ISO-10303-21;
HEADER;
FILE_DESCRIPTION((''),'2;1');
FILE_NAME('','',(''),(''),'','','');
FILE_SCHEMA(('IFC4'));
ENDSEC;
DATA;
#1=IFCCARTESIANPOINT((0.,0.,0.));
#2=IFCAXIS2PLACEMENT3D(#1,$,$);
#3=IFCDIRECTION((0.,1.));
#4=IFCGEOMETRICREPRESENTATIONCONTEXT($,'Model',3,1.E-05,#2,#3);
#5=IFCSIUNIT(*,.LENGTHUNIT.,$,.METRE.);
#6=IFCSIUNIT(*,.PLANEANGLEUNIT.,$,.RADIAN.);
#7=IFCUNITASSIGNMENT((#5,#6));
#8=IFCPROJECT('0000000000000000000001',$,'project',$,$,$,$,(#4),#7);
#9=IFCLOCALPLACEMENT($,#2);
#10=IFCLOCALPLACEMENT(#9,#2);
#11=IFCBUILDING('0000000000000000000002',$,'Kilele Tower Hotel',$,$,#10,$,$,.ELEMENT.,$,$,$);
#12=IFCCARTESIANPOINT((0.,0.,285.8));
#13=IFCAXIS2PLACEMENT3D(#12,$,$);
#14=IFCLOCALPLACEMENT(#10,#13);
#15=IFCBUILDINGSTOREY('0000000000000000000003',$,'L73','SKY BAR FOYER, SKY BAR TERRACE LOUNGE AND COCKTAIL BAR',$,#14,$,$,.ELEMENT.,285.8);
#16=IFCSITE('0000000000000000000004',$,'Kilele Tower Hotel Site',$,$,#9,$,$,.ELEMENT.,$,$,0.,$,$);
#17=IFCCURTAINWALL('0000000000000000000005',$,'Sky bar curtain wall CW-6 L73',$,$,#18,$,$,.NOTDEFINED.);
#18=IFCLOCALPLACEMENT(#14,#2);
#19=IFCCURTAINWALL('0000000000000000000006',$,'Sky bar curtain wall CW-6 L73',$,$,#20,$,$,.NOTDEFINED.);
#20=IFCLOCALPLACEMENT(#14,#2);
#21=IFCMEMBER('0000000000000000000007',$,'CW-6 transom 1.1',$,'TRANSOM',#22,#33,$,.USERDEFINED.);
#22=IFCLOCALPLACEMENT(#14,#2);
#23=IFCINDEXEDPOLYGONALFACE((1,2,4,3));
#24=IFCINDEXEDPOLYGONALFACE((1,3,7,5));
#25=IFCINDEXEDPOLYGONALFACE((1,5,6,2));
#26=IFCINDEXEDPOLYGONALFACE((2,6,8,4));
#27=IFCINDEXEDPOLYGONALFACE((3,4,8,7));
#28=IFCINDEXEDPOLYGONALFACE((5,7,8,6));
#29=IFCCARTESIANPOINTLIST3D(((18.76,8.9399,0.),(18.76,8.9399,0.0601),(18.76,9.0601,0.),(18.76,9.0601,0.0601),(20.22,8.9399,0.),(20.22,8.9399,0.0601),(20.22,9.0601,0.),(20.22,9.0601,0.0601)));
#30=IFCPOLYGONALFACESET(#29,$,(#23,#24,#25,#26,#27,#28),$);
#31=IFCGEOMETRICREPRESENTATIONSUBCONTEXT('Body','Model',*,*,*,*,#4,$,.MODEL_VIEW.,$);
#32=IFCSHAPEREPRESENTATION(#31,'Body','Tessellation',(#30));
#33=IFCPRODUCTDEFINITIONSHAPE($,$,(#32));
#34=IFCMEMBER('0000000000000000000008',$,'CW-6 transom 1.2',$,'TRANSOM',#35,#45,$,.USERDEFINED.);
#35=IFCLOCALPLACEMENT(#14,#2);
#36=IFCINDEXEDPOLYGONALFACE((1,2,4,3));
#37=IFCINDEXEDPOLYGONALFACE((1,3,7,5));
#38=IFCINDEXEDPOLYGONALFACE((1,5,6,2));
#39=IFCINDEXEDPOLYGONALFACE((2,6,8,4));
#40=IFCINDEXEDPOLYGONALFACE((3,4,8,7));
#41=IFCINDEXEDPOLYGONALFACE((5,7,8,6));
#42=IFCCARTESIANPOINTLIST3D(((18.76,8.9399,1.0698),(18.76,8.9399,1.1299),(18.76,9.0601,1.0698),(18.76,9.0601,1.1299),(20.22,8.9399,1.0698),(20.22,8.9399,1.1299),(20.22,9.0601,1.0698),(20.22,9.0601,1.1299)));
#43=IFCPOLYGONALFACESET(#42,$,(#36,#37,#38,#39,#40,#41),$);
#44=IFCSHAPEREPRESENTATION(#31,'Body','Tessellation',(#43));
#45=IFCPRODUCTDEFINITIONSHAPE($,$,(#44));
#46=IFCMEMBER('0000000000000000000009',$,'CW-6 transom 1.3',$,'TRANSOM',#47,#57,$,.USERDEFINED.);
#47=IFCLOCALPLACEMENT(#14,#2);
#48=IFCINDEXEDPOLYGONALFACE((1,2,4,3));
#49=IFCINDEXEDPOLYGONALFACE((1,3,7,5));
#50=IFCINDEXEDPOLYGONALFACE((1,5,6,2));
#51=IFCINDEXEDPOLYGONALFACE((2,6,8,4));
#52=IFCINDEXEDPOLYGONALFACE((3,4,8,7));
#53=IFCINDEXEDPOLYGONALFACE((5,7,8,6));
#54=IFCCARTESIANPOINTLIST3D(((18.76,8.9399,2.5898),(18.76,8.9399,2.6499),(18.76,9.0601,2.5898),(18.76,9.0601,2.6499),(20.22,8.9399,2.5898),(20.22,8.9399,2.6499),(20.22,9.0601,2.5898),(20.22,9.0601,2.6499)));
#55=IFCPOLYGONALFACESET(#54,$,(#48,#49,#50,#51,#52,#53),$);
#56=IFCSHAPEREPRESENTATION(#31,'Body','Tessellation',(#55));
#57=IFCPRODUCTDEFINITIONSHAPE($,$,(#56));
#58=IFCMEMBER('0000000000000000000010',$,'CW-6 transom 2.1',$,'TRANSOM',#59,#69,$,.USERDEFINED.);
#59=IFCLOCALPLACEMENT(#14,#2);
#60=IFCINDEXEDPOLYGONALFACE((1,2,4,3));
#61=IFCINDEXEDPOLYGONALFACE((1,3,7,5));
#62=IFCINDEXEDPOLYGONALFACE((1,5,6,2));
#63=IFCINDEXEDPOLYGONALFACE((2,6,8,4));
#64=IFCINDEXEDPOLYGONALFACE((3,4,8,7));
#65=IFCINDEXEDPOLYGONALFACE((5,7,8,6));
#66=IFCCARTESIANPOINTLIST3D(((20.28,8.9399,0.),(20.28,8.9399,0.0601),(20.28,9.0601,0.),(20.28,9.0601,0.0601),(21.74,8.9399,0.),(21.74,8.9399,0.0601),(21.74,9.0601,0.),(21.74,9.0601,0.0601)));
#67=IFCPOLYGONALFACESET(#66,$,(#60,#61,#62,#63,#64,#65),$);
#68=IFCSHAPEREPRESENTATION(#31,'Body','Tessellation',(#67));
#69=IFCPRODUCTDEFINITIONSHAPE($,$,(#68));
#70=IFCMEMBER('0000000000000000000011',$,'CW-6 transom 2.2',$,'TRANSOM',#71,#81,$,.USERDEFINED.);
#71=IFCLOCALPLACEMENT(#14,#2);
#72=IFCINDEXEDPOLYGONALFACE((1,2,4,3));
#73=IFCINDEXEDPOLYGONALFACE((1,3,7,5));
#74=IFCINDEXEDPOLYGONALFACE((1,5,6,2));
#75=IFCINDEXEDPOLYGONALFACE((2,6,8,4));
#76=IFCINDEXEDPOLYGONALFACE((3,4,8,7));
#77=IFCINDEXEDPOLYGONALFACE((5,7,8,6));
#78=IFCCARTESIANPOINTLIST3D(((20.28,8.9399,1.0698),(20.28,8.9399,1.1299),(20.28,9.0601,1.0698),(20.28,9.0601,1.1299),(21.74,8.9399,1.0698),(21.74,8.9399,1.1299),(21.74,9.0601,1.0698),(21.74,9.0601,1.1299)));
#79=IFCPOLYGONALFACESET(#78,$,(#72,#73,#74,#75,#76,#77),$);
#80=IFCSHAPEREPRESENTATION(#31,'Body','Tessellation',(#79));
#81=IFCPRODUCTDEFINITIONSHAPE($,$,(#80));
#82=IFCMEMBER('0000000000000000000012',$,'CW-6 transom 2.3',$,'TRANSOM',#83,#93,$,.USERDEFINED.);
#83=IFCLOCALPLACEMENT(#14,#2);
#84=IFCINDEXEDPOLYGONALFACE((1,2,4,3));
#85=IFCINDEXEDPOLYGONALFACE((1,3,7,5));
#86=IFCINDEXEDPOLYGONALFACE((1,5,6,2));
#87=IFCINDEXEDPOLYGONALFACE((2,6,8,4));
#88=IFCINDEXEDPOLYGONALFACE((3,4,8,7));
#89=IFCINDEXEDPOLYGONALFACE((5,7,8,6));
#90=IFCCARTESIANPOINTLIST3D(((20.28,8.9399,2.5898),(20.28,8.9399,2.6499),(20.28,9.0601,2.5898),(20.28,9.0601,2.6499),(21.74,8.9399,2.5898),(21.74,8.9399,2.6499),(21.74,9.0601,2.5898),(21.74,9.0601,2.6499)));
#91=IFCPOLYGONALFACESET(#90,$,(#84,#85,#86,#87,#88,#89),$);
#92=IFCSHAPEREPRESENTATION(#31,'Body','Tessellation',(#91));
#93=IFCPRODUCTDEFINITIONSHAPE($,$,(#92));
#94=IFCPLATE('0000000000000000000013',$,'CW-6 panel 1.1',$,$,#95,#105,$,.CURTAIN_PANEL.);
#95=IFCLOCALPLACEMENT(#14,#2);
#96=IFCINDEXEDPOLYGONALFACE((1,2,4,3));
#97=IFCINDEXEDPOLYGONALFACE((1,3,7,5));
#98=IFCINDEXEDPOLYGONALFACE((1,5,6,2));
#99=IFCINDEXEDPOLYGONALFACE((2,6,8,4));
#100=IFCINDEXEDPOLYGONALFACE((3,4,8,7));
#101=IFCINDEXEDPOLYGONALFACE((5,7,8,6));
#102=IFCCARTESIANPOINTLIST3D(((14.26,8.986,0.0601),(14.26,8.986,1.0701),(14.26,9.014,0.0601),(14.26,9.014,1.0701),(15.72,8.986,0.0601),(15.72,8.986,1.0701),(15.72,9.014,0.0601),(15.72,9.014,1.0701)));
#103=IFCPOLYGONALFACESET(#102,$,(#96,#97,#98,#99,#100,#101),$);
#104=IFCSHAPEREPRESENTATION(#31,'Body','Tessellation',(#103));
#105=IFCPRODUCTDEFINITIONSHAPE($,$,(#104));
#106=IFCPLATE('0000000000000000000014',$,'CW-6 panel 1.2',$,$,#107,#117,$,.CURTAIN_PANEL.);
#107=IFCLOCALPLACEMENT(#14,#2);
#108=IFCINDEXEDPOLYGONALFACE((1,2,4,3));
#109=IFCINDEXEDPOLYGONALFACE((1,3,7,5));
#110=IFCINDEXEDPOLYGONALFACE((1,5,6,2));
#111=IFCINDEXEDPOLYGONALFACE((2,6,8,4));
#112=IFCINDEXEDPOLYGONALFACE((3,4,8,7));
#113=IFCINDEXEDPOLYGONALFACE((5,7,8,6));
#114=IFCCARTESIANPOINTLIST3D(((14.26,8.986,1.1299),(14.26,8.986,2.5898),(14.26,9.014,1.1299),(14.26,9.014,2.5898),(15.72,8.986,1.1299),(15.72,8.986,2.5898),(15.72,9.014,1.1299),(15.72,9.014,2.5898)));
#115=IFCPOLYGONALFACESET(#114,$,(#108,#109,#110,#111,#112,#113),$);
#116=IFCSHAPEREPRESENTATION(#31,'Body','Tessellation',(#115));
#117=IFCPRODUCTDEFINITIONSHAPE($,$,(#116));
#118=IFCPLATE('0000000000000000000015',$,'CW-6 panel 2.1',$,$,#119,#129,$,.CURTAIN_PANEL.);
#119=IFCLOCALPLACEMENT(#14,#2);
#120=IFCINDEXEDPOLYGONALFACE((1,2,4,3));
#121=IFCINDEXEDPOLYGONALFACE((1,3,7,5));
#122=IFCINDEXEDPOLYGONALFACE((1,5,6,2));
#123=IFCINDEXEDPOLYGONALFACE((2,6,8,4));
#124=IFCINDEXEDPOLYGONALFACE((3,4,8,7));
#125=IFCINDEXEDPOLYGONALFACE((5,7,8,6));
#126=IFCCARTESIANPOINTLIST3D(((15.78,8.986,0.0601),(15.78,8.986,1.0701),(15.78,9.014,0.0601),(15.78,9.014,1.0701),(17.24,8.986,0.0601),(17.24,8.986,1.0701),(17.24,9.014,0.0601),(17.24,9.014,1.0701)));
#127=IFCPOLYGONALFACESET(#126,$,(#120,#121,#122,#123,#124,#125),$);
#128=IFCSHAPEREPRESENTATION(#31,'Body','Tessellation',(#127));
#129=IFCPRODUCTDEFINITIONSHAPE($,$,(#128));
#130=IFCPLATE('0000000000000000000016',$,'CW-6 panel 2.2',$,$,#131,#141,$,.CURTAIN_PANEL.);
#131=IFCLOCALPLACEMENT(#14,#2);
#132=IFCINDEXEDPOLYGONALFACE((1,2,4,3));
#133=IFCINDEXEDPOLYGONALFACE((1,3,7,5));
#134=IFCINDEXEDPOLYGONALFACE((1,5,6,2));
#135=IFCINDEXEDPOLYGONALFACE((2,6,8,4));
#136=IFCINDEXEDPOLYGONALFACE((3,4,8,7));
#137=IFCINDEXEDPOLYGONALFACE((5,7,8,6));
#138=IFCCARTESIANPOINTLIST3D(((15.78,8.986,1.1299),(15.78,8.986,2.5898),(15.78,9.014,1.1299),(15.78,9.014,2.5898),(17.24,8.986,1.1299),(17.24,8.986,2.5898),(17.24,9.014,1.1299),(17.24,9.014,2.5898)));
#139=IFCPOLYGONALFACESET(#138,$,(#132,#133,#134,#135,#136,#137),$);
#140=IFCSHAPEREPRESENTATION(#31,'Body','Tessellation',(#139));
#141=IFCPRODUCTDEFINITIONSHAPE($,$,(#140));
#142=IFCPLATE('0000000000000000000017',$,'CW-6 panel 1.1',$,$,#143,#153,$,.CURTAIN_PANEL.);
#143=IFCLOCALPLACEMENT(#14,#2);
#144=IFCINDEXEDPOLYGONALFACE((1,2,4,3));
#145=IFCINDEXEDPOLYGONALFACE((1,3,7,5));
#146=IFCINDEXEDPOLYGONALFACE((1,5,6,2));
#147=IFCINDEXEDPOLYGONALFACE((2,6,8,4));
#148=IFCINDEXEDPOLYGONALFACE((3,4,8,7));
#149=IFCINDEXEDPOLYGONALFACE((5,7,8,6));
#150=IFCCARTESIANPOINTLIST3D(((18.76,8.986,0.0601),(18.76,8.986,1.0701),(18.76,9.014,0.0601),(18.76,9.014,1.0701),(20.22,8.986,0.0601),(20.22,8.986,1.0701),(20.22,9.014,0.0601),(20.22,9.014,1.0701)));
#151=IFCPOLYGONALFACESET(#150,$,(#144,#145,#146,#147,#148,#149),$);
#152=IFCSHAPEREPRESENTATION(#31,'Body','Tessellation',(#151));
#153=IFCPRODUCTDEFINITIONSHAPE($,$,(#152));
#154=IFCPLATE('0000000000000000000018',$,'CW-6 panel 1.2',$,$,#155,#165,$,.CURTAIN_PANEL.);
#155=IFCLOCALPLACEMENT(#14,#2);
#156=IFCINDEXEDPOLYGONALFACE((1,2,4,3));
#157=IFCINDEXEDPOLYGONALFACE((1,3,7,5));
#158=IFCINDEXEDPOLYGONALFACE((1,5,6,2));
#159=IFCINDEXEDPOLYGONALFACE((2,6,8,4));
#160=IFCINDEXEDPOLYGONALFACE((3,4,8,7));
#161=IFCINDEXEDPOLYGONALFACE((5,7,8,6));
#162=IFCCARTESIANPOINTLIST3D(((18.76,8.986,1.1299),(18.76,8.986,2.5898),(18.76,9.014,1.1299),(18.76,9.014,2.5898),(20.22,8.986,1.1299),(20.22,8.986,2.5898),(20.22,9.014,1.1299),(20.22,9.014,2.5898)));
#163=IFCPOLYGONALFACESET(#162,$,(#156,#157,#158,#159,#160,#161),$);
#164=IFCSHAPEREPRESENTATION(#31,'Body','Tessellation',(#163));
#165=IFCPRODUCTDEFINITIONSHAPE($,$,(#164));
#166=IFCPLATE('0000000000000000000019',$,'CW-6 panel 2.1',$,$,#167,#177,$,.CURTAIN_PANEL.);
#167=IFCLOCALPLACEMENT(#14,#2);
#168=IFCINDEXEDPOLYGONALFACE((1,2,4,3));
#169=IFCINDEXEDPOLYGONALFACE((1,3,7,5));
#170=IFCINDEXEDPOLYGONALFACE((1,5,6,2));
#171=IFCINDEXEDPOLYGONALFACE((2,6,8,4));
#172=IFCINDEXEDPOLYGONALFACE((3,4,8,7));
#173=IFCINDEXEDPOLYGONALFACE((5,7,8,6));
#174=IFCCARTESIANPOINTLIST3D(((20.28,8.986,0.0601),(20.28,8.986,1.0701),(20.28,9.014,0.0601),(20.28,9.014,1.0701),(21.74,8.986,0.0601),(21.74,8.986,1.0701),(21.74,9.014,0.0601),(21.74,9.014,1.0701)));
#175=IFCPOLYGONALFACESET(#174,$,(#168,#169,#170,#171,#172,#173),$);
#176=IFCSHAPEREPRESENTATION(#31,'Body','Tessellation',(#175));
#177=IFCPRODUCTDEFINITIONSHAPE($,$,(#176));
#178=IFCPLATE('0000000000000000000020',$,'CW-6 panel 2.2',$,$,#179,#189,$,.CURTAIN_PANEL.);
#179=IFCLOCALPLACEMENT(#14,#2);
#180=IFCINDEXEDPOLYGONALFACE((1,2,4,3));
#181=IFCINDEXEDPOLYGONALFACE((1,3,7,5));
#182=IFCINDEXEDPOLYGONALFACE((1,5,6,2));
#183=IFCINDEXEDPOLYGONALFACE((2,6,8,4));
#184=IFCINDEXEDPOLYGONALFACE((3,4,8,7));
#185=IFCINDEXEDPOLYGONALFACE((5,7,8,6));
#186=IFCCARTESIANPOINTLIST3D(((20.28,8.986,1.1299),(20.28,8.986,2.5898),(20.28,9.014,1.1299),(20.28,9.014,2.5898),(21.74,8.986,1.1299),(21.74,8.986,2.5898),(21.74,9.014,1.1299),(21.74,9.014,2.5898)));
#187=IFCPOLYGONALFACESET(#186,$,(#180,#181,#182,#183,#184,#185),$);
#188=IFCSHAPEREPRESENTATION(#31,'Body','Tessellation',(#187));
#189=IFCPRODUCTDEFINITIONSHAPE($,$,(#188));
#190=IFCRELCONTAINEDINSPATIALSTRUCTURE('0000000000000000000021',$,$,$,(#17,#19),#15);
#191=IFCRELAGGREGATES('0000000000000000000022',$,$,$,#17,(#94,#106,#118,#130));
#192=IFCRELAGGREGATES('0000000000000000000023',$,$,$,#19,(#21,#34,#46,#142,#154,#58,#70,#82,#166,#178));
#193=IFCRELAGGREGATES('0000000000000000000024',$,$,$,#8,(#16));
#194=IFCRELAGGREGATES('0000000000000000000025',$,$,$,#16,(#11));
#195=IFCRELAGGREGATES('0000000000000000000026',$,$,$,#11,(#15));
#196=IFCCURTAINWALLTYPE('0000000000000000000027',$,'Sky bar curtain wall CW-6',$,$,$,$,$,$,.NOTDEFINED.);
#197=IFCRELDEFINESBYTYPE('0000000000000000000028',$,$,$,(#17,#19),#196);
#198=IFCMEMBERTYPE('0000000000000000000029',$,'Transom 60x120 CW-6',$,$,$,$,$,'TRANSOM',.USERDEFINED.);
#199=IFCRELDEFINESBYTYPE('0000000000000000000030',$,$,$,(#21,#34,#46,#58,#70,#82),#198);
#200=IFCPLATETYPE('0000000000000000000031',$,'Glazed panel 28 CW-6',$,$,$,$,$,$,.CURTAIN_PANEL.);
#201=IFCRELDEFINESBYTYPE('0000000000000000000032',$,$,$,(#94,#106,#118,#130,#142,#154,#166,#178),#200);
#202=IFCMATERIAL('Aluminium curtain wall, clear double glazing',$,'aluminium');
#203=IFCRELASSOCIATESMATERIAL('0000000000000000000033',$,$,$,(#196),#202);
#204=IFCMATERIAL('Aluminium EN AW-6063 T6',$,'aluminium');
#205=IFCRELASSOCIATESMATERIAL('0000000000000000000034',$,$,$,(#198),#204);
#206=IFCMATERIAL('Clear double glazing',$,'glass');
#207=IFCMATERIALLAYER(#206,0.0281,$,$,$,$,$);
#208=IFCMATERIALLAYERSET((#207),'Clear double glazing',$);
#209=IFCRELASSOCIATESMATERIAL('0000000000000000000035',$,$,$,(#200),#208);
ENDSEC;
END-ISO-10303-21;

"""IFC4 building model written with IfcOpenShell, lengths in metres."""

from ifc_helpers import new_model, si_unit, direction, frame, origin, origin_2d, place, context, subcontext, project, spatial, rectangle, extrude, material, layer, layer_set, material_profile, profile_set, type_object, element, aggregate, save


model = new_model("IFC4")

# Units and contexts
model_context = context("Model", 3, precision=1e-05, world=origin(), true_north=direction((0.0, 1.0)))
body_context = subcontext(model_context, "Body", "Model", "MODEL_VIEW")
ifc_project = project(units=[si_unit("LENGTHUNIT", "METRE"), si_unit("PLANEANGLEUNIT", "RADIAN")], contexts=[model_context])

# Site, building, storey
site_placement = place(None, origin())
site = spatial("IfcSite", under=ifc_project, at=site_placement, Name="Kilele Tower Hotel Site", CompositionType="ELEMENT", RefElevation=0.0)
building_placement = place(site_placement, origin())
building = spatial("IfcBuilding", under=site, at=building_placement, Name="Kilele Tower Hotel", CompositionType="ELEMENT")
storey_placement = place(building_placement, frame((0.0, 0.0, 285.8)))
storey = spatial("IfcBuildingStorey", under=building, at=storey_placement, Name="L73", Description="SKY BAR FOYER, SKY BAR TERRACE LOUNGE AND COCKTAIL BAR", CompositionType="ELEMENT", Elevation=285.8)

# Curtain walls
ifc_material_1 = material(Name="Aluminium curtain wall, clear double glazing", Category="aluminium")
curtain_wall_type = type_object("IfcCurtainWallType", Name="Sky bar curtain wall CW-6", PredefinedType="NOTDEFINED", material=ifc_material_1)
curtain_wall_1_placement = place(storey_placement, origin())
curtain_wall_1 = element("IfcCurtainWall", 1, at=curtain_wall_1_placement, inside=storey, type_object=curtain_wall_type, Name="Sky bar curtain wall CW-6 L73", PredefinedType="NOTDEFINED")
curtain_wall_2_placement = place(storey_placement, origin())
curtain_wall_2 = element("IfcCurtainWall", 2, at=curtain_wall_2_placement, inside=storey, type_object=curtain_wall_type, Name="Sky bar curtain wall CW-6 L73", PredefinedType="NOTDEFINED")

# Members
ifc_material_2 = material(Name="Aluminium EN AW-6063 T6", Category="aluminium")
ifc_material_profile_1 = material_profile(ifc_material_2, rectangle(XDim=0.1201, YDim=0.0601, at=origin_2d()))
ifc_profile_set_1 = profile_set([ifc_material_profile_1], Name="Aluminium EN AW-6063 T6")
member_type_1 = type_object("IfcMemberType", Name="Transom 60x120 CW-6", ElementType="TRANSOM", PredefinedType="USERDEFINED", material=ifc_profile_set_1)
member_1_placement = place(storey_placement, frame((18.76, 9.0, 0.03), z_axis=(1.0, 0.0, 0.0), x_axis=(0.0, 1.0, 0.0)))
member_1 = element("IfcMember", 3, at=member_1_placement, type_object=member_type_1, Name="CW-6 transom 1.1", ObjectType="TRANSOM", PredefinedType="USERDEFINED", context=body_context, shape_type="SweptSolid", body=[
    extrude(rectangle(XDim=0.1201, YDim=0.0601, at=origin_2d()), origin(), (0.0, 0.0, 1.0), 1.46),
])
member_2_placement = place(storey_placement, frame((18.76, 9.0, 1.0999), z_axis=(1.0, 0.0, 0.0), x_axis=(0.0, 1.0, 0.0)))
member_2 = element("IfcMember", 4, at=member_2_placement, type_object=member_type_1, Name="CW-6 transom 1.2", ObjectType="TRANSOM", PredefinedType="USERDEFINED", context=body_context, shape_type="SweptSolid", body=[
    extrude(rectangle(XDim=0.1201, YDim=0.0601, at=origin_2d()), origin(), (0.0, 0.0, 1.0), 1.46),
])
member_3_placement = place(storey_placement, frame((18.76, 9.0, 2.6199), z_axis=(1.0, 0.0, 0.0), x_axis=(0.0, 1.0, 0.0)))
member_3 = element("IfcMember", 5, at=member_3_placement, type_object=member_type_1, Name="CW-6 transom 1.3", ObjectType="TRANSOM", PredefinedType="USERDEFINED", context=body_context, shape_type="SweptSolid", body=[
    extrude(rectangle(XDim=0.1201, YDim=0.0601, at=origin_2d()), origin(), (0.0, 0.0, 1.0), 1.46),
])
member_4_placement = place(storey_placement, frame((20.28, 9.0, 0.03), z_axis=(1.0, 0.0, 0.0), x_axis=(0.0, 1.0, 0.0)))
member_4 = element("IfcMember", 6, at=member_4_placement, type_object=member_type_1, Name="CW-6 transom 2.1", ObjectType="TRANSOM", PredefinedType="USERDEFINED", context=body_context, shape_type="SweptSolid", body=[
    extrude(rectangle(XDim=0.1201, YDim=0.0601, at=origin_2d()), origin(), (0.0, 0.0, 1.0), 1.46),
])
member_5_placement = place(storey_placement, frame((20.28, 9.0, 1.0999), z_axis=(1.0, 0.0, 0.0), x_axis=(0.0, 1.0, 0.0)))
member_5 = element("IfcMember", 7, at=member_5_placement, type_object=member_type_1, Name="CW-6 transom 2.2", ObjectType="TRANSOM", PredefinedType="USERDEFINED", context=body_context, shape_type="SweptSolid", body=[
    extrude(rectangle(XDim=0.1201, YDim=0.0601, at=origin_2d()), origin(), (0.0, 0.0, 1.0), 1.46),
])
member_6_placement = place(storey_placement, frame((20.28, 9.0, 2.6199), z_axis=(1.0, 0.0, 0.0), x_axis=(0.0, 1.0, 0.0)))
member_6 = element("IfcMember", 8, at=member_6_placement, type_object=member_type_1, Name="CW-6 transom 2.3", ObjectType="TRANSOM", PredefinedType="USERDEFINED", context=body_context, shape_type="SweptSolid", body=[
    extrude(rectangle(XDim=0.1201, YDim=0.0601, at=origin_2d()), origin(), (0.0, 0.0, 1.0), 1.46),
])

# Plates
ifc_material_3 = material(Name="Clear double glazing", Category="glass")
ifc_layer_1 = layer(ifc_material_3, 0.0281)
ifc_layer_set_1 = layer_set([ifc_layer_1], Name="Clear double glazing")
plate_type = type_object("IfcPlateType", Name="Glazed panel 28 CW-6", PredefinedType="CURTAIN_PANEL", material=ifc_layer_set_1)
plate_1_placement = place(storey_placement, frame((14.99, 9.0, 0.0601), z_axis=(0.0, 0.0, 1.0), x_axis=(1.0, 0.0, 0.0)))
plate_1 = element("IfcPlate", 9, at=plate_1_placement, type_object=plate_type, Name="CW-6 panel 1.1", PredefinedType="CURTAIN_PANEL", context=body_context, shape_type="SweptSolid", body=[
    extrude(rectangle(XDim=1.46, YDim=0.0281, at=origin_2d()), origin(), (0.0, 0.0, 1.0), 1.01),
])
plate_2_placement = place(storey_placement, frame((14.99, 9.0, 1.1299), z_axis=(0.0, 0.0, 1.0), x_axis=(1.0, 0.0, 0.0)))
plate_2 = element("IfcPlate", 10, at=plate_2_placement, type_object=plate_type, Name="CW-6 panel 1.2", PredefinedType="CURTAIN_PANEL", context=body_context, shape_type="SweptSolid", body=[
    extrude(rectangle(XDim=1.46, YDim=0.0281, at=origin_2d()), origin(), (0.0, 0.0, 1.0), 1.46),
])
plate_3_placement = place(storey_placement, frame((16.51, 9.0, 0.0601), z_axis=(0.0, 0.0, 1.0), x_axis=(1.0, 0.0, 0.0)))
plate_3 = element("IfcPlate", 11, at=plate_3_placement, type_object=plate_type, Name="CW-6 panel 2.1", PredefinedType="CURTAIN_PANEL", context=body_context, shape_type="SweptSolid", body=[
    extrude(rectangle(XDim=1.46, YDim=0.0281, at=origin_2d()), origin(), (0.0, 0.0, 1.0), 1.01),
])
plate_4_placement = place(storey_placement, frame((16.51, 9.0, 1.1299), z_axis=(0.0, 0.0, 1.0), x_axis=(1.0, 0.0, 0.0)))
plate_4 = element("IfcPlate", 12, at=plate_4_placement, type_object=plate_type, Name="CW-6 panel 2.2", PredefinedType="CURTAIN_PANEL", context=body_context, shape_type="SweptSolid", body=[
    extrude(rectangle(XDim=1.46, YDim=0.0281, at=origin_2d()), origin(), (0.0, 0.0, 1.0), 1.46),
])
aggregate(curtain_wall_1, [plate_1, plate_2, plate_3, plate_4])
plate_5_placement = place(storey_placement, frame((19.49, 9.0, 0.0601), z_axis=(0.0, 0.0, 1.0), x_axis=(1.0, 0.0, 0.0)))
plate_5 = element("IfcPlate", 13, at=plate_5_placement, type_object=plate_type, Name="CW-6 panel 1.1", PredefinedType="CURTAIN_PANEL", context=body_context, shape_type="SweptSolid", body=[
    extrude(rectangle(XDim=1.46, YDim=0.0281, at=origin_2d()), origin(), (0.0, 0.0, 1.0), 1.01),
])
plate_6_placement = place(storey_placement, frame((19.49, 9.0, 1.1299), z_axis=(0.0, 0.0, 1.0), x_axis=(1.0, 0.0, 0.0)))
plate_6 = element("IfcPlate", 14, at=plate_6_placement, type_object=plate_type, Name="CW-6 panel 1.2", PredefinedType="CURTAIN_PANEL", context=body_context, shape_type="SweptSolid", body=[
    extrude(rectangle(XDim=1.46, YDim=0.0281, at=origin_2d()), origin(), (0.0, 0.0, 1.0), 1.46),
])
plate_7_placement = place(storey_placement, frame((21.01, 9.0, 0.0601), z_axis=(0.0, 0.0, 1.0), x_axis=(1.0, 0.0, 0.0)))
plate_7 = element("IfcPlate", 15, at=plate_7_placement, type_object=plate_type, Name="CW-6 panel 2.1", PredefinedType="CURTAIN_PANEL", context=body_context, shape_type="SweptSolid", body=[
    extrude(rectangle(XDim=1.46, YDim=0.0281, at=origin_2d()), origin(), (0.0, 0.0, 1.0), 1.01),
])
plate_8_placement = place(storey_placement, frame((21.01, 9.0, 1.1299), z_axis=(0.0, 0.0, 1.0), x_axis=(1.0, 0.0, 0.0)))
plate_8 = element("IfcPlate", 16, at=plate_8_placement, type_object=plate_type, Name="CW-6 panel 2.2", PredefinedType="CURTAIN_PANEL", context=body_context, shape_type="SweptSolid", body=[
    extrude(rectangle(XDim=1.46, YDim=0.0281, at=origin_2d()), origin(), (0.0, 0.0, 1.0), 1.46),
])
aggregate(curtain_wall_2, [member_1, member_2, member_3, plate_5, plate_6, member_4, member_5, member_6, plate_7, plate_8])

save(model, "model.ifc")
